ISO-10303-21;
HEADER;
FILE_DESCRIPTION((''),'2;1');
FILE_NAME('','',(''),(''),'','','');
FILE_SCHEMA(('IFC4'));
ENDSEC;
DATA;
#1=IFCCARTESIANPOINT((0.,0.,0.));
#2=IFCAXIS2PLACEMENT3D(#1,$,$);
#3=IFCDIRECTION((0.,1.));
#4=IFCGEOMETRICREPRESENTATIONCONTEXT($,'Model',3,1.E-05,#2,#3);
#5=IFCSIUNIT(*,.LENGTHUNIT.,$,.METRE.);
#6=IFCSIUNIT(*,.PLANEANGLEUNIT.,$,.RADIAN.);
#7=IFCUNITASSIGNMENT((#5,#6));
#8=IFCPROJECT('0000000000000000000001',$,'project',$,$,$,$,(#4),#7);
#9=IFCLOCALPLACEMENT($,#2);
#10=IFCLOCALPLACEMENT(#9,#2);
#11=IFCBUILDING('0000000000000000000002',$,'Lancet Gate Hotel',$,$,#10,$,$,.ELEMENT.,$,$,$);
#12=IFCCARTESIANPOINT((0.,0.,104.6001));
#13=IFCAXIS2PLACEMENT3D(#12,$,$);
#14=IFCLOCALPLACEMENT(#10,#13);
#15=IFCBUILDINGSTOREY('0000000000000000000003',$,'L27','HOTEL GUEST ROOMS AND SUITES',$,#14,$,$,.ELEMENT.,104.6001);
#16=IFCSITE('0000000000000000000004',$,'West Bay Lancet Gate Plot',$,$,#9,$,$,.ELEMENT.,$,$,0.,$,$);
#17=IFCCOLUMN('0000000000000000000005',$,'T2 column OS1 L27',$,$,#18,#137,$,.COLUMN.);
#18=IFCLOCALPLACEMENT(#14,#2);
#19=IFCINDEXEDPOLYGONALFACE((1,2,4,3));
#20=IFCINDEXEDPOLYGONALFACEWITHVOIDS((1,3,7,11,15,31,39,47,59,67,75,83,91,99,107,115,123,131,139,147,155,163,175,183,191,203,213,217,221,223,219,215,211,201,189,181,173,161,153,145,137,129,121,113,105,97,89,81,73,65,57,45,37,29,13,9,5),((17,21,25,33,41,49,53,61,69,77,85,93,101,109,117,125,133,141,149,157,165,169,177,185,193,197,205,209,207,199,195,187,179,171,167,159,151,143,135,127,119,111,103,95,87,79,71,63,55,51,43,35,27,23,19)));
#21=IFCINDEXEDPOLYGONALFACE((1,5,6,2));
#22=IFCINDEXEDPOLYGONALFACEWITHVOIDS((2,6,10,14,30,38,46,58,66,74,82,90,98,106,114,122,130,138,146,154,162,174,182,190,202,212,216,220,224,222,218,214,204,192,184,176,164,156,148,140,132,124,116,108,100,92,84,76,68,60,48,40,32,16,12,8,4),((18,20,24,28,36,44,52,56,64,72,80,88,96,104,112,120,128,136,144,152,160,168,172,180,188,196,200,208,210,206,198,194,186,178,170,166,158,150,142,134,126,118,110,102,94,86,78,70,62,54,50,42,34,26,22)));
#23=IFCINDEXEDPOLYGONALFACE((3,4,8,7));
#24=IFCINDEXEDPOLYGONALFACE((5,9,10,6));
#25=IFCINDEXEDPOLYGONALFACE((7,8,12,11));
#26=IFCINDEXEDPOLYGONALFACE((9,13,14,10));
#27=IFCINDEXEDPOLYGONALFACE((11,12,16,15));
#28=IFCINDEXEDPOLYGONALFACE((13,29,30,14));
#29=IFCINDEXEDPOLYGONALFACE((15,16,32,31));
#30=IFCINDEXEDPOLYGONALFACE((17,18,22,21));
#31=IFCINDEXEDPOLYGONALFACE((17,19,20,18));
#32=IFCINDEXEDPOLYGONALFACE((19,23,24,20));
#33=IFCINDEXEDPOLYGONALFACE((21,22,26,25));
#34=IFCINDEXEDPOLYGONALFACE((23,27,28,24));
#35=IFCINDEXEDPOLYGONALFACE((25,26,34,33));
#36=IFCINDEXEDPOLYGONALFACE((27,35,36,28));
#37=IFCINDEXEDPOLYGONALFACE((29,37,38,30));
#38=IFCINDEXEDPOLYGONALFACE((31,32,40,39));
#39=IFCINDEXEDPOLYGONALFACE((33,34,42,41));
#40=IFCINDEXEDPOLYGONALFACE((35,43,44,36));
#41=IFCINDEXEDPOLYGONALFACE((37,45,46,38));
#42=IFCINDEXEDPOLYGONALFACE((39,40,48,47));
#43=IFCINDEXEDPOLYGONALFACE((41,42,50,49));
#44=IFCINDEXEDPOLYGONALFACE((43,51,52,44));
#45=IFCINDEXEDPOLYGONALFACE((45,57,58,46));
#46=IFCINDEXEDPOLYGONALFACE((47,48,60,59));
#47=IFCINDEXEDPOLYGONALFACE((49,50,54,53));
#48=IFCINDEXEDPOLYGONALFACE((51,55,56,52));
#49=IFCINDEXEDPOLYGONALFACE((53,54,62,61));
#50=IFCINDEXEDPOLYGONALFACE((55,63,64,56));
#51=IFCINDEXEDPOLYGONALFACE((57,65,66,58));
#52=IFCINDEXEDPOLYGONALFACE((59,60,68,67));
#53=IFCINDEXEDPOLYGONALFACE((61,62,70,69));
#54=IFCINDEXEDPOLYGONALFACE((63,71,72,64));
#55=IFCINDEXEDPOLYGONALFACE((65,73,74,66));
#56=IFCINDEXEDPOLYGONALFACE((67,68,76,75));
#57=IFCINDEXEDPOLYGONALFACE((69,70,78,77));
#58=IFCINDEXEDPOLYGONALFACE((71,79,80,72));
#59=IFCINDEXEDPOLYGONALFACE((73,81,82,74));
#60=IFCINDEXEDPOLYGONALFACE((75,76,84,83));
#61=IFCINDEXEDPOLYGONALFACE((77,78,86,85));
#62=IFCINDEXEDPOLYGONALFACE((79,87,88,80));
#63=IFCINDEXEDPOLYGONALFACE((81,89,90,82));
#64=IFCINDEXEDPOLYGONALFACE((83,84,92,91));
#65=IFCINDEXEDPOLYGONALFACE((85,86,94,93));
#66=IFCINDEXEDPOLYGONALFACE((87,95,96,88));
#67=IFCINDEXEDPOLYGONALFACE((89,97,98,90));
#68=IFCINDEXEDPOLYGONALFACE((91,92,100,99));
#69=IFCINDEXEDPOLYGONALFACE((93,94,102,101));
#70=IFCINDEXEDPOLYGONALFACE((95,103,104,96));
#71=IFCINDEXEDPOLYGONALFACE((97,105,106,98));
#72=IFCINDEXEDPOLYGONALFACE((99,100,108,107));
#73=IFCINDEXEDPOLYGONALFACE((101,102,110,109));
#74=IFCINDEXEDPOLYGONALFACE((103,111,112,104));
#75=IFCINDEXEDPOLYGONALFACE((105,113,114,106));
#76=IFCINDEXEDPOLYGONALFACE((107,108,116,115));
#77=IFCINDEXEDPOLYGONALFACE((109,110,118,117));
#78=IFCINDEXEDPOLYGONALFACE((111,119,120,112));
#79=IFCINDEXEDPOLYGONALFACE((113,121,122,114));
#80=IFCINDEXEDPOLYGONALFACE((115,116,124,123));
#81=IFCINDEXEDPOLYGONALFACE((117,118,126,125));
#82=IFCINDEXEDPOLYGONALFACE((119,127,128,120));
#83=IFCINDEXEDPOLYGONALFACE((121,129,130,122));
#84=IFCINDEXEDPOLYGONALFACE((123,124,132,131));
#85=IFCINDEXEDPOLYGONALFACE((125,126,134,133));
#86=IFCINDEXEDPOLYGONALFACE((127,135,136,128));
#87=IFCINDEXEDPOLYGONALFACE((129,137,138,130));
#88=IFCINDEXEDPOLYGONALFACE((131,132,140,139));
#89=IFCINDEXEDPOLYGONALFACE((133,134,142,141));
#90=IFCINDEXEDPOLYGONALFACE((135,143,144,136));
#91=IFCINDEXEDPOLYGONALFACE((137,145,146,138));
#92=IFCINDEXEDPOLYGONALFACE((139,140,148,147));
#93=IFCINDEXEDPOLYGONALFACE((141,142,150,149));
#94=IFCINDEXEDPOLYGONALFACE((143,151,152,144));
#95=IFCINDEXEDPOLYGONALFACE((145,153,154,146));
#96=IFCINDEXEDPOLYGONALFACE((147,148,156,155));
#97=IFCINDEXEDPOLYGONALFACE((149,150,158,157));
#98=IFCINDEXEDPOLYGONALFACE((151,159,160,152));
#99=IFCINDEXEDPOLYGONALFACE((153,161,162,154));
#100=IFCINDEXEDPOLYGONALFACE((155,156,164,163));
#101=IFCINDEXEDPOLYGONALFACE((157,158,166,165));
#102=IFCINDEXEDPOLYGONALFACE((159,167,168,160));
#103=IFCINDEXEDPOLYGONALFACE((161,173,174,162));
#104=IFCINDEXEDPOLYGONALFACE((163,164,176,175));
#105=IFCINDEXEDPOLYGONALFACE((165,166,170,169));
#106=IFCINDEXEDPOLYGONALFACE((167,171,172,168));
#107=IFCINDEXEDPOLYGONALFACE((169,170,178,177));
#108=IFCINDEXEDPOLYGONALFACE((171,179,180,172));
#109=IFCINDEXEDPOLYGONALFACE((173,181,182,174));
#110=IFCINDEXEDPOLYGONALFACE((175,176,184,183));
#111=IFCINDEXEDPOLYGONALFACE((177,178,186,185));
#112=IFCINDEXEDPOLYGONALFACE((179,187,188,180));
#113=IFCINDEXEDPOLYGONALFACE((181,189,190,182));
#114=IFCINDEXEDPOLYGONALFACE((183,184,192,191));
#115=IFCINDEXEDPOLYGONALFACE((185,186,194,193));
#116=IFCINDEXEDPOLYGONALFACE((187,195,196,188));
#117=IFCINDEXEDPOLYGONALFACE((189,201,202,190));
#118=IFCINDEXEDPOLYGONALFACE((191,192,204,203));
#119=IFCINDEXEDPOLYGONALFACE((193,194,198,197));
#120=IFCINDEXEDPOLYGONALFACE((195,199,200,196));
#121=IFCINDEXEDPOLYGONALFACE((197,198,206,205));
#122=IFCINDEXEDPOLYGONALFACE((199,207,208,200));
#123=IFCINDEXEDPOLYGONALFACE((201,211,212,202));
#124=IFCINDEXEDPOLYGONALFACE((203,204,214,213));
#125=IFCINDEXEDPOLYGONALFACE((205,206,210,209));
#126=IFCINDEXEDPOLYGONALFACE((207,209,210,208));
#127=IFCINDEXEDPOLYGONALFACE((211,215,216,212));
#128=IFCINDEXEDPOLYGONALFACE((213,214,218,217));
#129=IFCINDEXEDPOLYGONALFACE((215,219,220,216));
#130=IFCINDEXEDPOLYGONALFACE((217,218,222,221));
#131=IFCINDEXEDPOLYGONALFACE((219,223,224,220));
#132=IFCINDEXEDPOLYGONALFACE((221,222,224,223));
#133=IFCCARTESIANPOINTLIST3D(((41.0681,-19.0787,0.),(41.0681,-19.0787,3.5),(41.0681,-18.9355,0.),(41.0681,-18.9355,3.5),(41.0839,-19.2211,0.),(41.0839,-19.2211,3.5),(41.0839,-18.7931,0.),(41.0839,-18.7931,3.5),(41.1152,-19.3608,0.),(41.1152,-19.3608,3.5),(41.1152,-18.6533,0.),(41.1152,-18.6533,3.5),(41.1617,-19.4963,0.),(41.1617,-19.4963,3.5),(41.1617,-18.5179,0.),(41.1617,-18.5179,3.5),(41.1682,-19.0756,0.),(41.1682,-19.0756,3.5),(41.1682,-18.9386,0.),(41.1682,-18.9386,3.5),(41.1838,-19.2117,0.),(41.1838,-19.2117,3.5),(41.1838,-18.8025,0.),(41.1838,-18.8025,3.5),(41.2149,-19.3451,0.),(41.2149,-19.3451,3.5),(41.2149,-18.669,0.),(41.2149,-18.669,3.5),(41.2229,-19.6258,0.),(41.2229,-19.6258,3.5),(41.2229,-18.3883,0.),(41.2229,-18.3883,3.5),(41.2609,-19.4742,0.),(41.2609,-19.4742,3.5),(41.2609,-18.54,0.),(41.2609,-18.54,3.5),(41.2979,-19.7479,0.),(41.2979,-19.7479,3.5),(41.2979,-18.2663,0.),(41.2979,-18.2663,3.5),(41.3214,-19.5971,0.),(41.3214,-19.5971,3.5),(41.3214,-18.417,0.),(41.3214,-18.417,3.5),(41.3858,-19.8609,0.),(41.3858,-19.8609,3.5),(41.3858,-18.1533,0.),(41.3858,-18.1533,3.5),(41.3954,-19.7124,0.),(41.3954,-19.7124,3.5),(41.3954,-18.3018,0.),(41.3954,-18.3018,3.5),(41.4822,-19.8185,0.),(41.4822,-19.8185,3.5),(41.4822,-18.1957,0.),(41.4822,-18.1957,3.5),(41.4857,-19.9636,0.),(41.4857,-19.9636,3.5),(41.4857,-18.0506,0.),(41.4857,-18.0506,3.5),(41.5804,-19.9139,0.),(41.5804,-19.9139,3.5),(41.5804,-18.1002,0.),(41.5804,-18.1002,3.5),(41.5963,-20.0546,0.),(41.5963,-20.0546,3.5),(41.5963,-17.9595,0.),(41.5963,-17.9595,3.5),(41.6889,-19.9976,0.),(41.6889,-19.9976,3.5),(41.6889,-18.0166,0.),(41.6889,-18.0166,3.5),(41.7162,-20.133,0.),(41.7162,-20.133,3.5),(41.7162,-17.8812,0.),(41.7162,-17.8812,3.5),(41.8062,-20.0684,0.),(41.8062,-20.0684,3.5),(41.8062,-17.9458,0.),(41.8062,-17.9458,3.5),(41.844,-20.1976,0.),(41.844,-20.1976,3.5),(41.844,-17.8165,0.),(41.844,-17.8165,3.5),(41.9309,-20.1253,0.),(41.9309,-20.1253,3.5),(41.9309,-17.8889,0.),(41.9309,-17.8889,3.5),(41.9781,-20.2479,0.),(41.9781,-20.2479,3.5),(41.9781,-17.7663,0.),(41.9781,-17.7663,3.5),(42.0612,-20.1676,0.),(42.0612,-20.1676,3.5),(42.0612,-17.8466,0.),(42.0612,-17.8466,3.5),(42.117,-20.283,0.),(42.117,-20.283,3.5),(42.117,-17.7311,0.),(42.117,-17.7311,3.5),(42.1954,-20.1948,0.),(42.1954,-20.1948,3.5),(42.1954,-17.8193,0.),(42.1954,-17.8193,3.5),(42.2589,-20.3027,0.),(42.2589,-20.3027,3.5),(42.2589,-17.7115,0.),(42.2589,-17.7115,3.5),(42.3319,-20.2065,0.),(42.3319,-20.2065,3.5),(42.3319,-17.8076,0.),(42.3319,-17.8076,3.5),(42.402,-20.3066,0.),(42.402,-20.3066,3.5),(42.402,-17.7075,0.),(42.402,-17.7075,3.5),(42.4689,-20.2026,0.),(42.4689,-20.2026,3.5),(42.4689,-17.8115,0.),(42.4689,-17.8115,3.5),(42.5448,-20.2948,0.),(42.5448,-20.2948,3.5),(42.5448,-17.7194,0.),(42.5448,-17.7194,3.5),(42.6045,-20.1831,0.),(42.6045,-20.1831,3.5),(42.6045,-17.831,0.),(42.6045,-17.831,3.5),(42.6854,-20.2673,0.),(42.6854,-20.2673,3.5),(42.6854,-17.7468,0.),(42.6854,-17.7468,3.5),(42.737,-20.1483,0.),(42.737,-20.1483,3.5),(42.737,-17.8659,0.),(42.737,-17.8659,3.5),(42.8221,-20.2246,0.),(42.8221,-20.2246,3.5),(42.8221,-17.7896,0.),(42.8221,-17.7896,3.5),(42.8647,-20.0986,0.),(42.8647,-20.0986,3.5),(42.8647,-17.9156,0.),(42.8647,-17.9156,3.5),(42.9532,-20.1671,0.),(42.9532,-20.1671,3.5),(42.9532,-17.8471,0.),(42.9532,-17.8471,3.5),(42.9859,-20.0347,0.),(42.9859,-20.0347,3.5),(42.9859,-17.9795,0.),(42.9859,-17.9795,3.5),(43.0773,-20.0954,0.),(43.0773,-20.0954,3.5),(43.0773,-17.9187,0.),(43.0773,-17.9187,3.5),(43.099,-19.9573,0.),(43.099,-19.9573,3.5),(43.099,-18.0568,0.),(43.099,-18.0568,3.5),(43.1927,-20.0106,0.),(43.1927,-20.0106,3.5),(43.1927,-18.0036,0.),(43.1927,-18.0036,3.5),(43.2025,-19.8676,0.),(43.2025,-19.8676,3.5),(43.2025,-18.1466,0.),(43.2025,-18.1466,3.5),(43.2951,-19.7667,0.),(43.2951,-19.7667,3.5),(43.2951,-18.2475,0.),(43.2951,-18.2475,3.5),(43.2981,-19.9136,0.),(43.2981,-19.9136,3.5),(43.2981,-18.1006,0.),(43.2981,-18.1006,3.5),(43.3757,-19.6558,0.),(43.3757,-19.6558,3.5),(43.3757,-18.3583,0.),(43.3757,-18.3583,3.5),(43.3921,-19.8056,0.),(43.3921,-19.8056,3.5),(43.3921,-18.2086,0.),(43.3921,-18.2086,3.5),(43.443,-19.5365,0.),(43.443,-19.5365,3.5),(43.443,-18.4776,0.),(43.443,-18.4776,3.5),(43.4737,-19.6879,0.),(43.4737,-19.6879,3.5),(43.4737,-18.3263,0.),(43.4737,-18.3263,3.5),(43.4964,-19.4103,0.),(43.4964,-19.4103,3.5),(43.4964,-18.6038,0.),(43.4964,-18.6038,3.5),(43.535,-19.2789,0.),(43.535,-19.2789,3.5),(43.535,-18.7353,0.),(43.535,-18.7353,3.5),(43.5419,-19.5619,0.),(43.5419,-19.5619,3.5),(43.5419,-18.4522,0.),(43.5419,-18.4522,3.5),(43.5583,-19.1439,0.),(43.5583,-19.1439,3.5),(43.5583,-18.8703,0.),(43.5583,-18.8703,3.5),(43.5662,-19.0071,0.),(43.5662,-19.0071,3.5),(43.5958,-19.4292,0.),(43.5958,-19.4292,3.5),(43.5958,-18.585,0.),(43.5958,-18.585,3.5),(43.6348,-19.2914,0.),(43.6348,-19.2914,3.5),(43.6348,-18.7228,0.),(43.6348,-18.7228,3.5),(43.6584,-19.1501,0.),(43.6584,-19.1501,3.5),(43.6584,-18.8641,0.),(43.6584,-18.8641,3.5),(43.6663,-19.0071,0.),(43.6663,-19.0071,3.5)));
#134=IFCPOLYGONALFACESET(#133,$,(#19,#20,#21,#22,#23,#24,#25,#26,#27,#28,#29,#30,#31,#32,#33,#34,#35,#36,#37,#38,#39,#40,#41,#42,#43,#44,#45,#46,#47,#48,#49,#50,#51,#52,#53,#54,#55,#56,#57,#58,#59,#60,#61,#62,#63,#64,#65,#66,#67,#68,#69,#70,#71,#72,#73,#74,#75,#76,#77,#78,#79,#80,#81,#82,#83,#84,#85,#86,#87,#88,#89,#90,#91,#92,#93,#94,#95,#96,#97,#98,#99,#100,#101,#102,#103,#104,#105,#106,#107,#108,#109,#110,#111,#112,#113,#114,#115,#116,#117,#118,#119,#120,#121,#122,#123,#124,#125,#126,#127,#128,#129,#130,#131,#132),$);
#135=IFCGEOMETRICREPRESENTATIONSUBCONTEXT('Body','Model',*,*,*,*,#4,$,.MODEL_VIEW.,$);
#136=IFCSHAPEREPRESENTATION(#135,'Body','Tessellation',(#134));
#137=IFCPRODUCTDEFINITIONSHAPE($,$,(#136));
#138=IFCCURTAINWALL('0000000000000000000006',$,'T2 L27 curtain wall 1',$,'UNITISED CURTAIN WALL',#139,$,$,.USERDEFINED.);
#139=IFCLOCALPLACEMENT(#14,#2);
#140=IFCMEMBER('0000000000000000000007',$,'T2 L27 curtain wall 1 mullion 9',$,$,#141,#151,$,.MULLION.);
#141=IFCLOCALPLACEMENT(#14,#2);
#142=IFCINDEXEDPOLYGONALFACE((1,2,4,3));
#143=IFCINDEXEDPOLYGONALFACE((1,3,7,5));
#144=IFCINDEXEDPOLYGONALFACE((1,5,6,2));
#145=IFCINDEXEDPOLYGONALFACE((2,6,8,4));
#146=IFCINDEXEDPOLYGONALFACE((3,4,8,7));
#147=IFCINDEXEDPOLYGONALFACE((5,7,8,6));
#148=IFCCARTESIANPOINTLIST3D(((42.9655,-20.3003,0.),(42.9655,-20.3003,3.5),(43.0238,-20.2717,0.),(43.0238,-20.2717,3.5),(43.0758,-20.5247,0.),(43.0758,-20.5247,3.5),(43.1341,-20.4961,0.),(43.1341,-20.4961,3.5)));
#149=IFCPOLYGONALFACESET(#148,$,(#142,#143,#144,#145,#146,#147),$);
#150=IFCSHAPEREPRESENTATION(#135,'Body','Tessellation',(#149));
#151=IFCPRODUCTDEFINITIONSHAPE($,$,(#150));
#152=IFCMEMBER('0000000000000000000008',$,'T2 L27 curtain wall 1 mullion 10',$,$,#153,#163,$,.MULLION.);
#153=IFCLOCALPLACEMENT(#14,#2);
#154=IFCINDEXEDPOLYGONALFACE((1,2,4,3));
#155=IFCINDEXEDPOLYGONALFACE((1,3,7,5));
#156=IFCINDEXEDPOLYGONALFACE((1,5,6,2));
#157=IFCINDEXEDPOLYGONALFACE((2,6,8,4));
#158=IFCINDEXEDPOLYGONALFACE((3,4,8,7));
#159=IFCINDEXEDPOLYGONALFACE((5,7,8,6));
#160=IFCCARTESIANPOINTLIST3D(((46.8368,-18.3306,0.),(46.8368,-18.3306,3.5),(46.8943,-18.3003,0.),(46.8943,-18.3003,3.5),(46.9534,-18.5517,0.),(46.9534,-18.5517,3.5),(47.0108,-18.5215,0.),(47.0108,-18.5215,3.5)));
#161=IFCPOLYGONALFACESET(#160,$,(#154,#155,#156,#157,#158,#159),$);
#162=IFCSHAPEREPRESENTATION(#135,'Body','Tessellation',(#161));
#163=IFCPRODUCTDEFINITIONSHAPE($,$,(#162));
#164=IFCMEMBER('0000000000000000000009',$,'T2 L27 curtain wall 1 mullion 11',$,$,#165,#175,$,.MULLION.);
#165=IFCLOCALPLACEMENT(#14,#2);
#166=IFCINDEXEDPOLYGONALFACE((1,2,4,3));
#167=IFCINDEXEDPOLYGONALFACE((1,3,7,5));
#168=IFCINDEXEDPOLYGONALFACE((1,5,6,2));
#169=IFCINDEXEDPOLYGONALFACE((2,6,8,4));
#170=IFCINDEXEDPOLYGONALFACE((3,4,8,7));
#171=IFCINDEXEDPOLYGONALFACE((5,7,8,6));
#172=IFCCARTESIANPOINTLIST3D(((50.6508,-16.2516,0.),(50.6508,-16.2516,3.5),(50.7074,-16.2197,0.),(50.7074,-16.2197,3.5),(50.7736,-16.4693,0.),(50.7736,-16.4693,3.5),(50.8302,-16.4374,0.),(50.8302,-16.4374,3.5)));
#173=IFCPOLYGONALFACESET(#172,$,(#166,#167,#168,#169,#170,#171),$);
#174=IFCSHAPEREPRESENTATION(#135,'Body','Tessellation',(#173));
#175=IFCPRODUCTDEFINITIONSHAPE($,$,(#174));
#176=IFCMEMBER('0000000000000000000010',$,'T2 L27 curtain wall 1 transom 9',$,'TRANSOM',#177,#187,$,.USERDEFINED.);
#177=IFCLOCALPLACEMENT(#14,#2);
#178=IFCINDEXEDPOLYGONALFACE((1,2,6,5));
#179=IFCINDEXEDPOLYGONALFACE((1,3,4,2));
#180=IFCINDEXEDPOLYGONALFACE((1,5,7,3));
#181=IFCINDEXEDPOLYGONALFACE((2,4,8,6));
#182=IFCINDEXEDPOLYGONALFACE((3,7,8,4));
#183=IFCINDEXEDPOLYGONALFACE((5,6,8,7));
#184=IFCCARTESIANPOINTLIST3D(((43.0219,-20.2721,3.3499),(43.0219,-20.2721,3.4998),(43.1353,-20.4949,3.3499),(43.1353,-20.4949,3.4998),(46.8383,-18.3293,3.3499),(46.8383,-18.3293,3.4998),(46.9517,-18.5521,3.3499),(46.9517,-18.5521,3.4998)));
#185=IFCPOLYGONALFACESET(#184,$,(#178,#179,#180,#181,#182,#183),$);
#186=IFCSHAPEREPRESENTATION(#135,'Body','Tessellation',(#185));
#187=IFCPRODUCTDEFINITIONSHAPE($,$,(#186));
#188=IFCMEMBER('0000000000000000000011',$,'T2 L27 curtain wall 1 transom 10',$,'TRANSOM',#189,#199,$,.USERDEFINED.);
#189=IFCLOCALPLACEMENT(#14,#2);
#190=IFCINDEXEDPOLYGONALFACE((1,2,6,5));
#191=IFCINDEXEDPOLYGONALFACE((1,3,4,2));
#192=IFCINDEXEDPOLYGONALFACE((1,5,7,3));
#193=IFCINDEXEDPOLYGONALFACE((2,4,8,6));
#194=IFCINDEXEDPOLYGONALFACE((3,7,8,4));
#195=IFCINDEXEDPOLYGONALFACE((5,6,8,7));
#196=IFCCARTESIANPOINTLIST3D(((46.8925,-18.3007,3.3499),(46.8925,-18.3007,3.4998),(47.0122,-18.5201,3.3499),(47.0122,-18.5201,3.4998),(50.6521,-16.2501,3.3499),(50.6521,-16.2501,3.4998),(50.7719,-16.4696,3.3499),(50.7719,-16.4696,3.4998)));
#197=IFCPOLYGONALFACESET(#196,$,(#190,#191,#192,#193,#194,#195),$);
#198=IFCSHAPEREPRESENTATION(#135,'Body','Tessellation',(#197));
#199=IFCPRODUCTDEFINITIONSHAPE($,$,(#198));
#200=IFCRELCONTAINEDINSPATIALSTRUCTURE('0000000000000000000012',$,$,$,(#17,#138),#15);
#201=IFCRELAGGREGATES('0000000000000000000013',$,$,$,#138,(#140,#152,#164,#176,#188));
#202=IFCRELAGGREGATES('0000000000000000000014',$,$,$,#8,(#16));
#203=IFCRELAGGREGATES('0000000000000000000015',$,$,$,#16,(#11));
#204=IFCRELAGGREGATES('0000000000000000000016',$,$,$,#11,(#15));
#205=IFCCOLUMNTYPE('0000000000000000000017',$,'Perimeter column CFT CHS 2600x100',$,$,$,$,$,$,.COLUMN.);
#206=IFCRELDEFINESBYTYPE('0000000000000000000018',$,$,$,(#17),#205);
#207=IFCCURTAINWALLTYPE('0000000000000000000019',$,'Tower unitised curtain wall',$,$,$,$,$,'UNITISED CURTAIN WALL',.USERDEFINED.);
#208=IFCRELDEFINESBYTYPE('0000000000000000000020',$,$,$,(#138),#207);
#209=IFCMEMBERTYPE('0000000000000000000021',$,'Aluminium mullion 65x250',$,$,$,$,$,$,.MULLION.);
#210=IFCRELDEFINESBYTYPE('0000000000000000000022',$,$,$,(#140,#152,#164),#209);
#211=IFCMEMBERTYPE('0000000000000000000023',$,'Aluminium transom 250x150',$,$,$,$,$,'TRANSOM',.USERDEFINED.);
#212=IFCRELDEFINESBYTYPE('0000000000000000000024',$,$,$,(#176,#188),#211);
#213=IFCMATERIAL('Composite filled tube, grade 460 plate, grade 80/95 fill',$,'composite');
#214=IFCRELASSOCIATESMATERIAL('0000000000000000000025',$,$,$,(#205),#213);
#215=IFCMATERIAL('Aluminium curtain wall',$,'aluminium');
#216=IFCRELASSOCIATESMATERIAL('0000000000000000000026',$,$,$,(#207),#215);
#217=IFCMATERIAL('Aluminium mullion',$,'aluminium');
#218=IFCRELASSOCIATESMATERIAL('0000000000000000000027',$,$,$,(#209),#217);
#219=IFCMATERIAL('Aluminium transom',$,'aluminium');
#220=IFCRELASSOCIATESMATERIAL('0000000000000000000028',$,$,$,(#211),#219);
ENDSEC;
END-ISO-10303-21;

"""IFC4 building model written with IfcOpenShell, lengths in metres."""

from ifc_helpers import new_model, si_unit, direction, frame, origin, origin_2d, place, context, subcontext, project, spatial, rectangle, hollow_circle, extrude, material, material_profile, profile_set, type_object, element, aggregate, save


model = new_model("IFC4")

# Units and contexts
model_context = context("Model", 3, precision=1e-05, world=origin(), true_north=direction((0.0, 1.0)))
body_context = subcontext(model_context, "Body", "Model", "MODEL_VIEW")
ifc_project = project(units=[si_unit("LENGTHUNIT", "METRE"), si_unit("PLANEANGLEUNIT", "RADIAN")], contexts=[model_context])

# Site, building, storey
site_placement = place(None, origin())
site = spatial("IfcSite", under=ifc_project, at=site_placement, Name="West Bay Lancet Gate Plot", CompositionType="ELEMENT", RefElevation=0.0)
building_placement = place(site_placement, origin())
building = spatial("IfcBuilding", under=site, at=building_placement, Name="Lancet Gate Hotel", CompositionType="ELEMENT")
storey_placement = place(building_placement, frame((0.0, 0.0, 104.6001)))
storey = spatial("IfcBuildingStorey", under=building, at=storey_placement, Name="L27", Description="HOTEL GUEST ROOMS AND SUITES", CompositionType="ELEMENT", Elevation=104.6001)

# Column
ifc_material_1 = material(Name="Composite filled tube, grade 460 plate, grade 80/95 fill", Category="composite")
ifc_material_profile_1 = material_profile(ifc_material_1, hollow_circle(Radius=1.3, WallThickness=0.1001, at=origin_2d()), Name="CHS 2600x100")
ifc_profile_set_1 = profile_set([ifc_material_profile_1], Name="Composite filled tube, grade 460 plate, grade 80/95 fill")
column_type = type_object("IfcColumnType", Name="Perimeter column CFT CHS 2600x100", PredefinedType="COLUMN", material=ifc_profile_set_1)
column_placement = place(storey_placement, frame((42.3662, -19.0071, 0.0), z_axis=(0.0, 0.0, 1.0), x_axis=(1.0, 0.0, 0.0)))
element("IfcColumn", 1, at=column_placement, inside=storey, type_object=column_type, Name="T2 column OS1 L27", PredefinedType="COLUMN", context=body_context, shape_type="SweptSolid", body=[
    extrude(hollow_circle(Radius=1.3, WallThickness=0.1001, at=origin_2d()), origin(), (0.0, 0.0, 1.0), 3.5),
])

# Curtain wall, members
ifc_material_2 = material(Name="Aluminium curtain wall", Category="aluminium")
curtain_wall_type = type_object("IfcCurtainWallType", Name="Tower unitised curtain wall", ElementType="UNITISED CURTAIN WALL", PredefinedType="USERDEFINED", material=ifc_material_2)
curtain_wall_placement = place(storey_placement, origin())
curtain_wall = element("IfcCurtainWall", 2, at=curtain_wall_placement, inside=storey, type_object=curtain_wall_type, Name="T2 L27 curtain wall 1", ObjectType="UNITISED CURTAIN WALL", PredefinedType="USERDEFINED")
ifc_material_3 = material(Name="Aluminium mullion", Category="aluminium")
ifc_material_profile_2 = material_profile(ifc_material_3, rectangle(XDim=0.0649, YDim=0.25, at=origin_2d()), Name="MULLION 65x250")
ifc_profile_set_2 = profile_set([ifc_material_profile_2], Name="Aluminium mullion")
member_type_1 = type_object("IfcMemberType", Name="Aluminium mullion 65x250", PredefinedType="MULLION", material=ifc_profile_set_2)
member_1_placement = place(storey_placement, frame((43.0498, -20.3982, 0.0), z_axis=(0.0, 0.0, 1.0), x_axis=(0.897512, 0.44099, 0.0)))
member_1 = element("IfcMember", 3, at=member_1_placement, type_object=member_type_1, Name="T2 L27 curtain wall 1 mullion 9", PredefinedType="MULLION", context=body_context, shape_type="SweptSolid", body=[
    extrude(rectangle(XDim=0.0649, YDim=0.25, at=origin_2d()), origin(), (0.0, 0.0, 1.0), 3.5),
])
member_2_placement = place(storey_placement, frame((46.9238, -18.426, 0.0), z_axis=(0.0, 0.0, 1.0), x_axis=(0.884627, 0.466299, 0.0)))
member_2 = element("IfcMember", 4, at=member_2_placement, type_object=member_type_1, Name="T2 L27 curtain wall 1 mullion 10", PredefinedType="MULLION", context=body_context, shape_type="SweptSolid", body=[
    extrude(rectangle(XDim=0.0649, YDim=0.25, at=origin_2d()), origin(), (0.0, 0.0, 1.0), 3.5),
])
member_3_placement = place(storey_placement, frame((50.7405, -16.3445, 0.0), z_axis=(0.0, 0.0, 1.0), x_axis=(0.871029, 0.491232, 0.0)))
member_3 = element("IfcMember", 5, at=member_3_placement, type_object=member_type_1, Name="T2 L27 curtain wall 1 mullion 11", PredefinedType="MULLION", context=body_context, shape_type="SweptSolid", body=[
    extrude(rectangle(XDim=0.0649, YDim=0.25, at=origin_2d()), origin(), (0.0, 0.0, 1.0), 3.5),
])
ifc_material_4 = material(Name="Aluminium transom", Category="aluminium")
ifc_material_profile_3 = material_profile(ifc_material_4, rectangle(XDim=0.25, YDim=0.1499, at=origin_2d()), Name="TRANSOM 250x150")
ifc_profile_set_3 = profile_set([ifc_material_profile_3], Name="Aluminium transom")
member_type_2 = type_object("IfcMemberType", Name="Aluminium transom 250x150", ElementType="TRANSOM", PredefinedType="USERDEFINED", material=ifc_profile_set_3)
member_4_placement = place(storey_placement, frame((43.0786, -20.3835, 3.4248), z_axis=(0.891166, 0.453678, 0.0), x_axis=(-0.453678, 0.891166, 0.0)))
member_4 = element("IfcMember", 6, at=member_4_placement, type_object=member_type_2, Name="T2 L27 curtain wall 1 transom 9", ObjectType="TRANSOM", PredefinedType="USERDEFINED", context=body_context, shape_type="SweptSolid", body=[
    extrude(rectangle(XDim=0.25, YDim=0.1499, at=origin_2d()), origin(), (0.0, 0.0, 1.0), 4.2825),
])
member_5_placement = place(storey_placement, frame((46.9524, -18.4104, 3.4248), z_axis=(0.877906, 0.478832, 0.0), x_axis=(-0.478832, 0.877906, 0.0)))
member_5 = element("IfcMember", 7, at=member_5_placement, type_object=member_type_2, Name="T2 L27 curtain wall 1 transom 10", ObjectType="TRANSOM", PredefinedType="USERDEFINED", context=body_context, shape_type="SweptSolid", body=[
    extrude(rectangle(XDim=0.25, YDim=0.1499, at=origin_2d()), origin(), (0.0, 0.0, 1.0), 4.2825),
])

aggregate(curtain_wall, [member_1, member_2, member_3, member_4, member_5])

save(model, "model.ifc")
